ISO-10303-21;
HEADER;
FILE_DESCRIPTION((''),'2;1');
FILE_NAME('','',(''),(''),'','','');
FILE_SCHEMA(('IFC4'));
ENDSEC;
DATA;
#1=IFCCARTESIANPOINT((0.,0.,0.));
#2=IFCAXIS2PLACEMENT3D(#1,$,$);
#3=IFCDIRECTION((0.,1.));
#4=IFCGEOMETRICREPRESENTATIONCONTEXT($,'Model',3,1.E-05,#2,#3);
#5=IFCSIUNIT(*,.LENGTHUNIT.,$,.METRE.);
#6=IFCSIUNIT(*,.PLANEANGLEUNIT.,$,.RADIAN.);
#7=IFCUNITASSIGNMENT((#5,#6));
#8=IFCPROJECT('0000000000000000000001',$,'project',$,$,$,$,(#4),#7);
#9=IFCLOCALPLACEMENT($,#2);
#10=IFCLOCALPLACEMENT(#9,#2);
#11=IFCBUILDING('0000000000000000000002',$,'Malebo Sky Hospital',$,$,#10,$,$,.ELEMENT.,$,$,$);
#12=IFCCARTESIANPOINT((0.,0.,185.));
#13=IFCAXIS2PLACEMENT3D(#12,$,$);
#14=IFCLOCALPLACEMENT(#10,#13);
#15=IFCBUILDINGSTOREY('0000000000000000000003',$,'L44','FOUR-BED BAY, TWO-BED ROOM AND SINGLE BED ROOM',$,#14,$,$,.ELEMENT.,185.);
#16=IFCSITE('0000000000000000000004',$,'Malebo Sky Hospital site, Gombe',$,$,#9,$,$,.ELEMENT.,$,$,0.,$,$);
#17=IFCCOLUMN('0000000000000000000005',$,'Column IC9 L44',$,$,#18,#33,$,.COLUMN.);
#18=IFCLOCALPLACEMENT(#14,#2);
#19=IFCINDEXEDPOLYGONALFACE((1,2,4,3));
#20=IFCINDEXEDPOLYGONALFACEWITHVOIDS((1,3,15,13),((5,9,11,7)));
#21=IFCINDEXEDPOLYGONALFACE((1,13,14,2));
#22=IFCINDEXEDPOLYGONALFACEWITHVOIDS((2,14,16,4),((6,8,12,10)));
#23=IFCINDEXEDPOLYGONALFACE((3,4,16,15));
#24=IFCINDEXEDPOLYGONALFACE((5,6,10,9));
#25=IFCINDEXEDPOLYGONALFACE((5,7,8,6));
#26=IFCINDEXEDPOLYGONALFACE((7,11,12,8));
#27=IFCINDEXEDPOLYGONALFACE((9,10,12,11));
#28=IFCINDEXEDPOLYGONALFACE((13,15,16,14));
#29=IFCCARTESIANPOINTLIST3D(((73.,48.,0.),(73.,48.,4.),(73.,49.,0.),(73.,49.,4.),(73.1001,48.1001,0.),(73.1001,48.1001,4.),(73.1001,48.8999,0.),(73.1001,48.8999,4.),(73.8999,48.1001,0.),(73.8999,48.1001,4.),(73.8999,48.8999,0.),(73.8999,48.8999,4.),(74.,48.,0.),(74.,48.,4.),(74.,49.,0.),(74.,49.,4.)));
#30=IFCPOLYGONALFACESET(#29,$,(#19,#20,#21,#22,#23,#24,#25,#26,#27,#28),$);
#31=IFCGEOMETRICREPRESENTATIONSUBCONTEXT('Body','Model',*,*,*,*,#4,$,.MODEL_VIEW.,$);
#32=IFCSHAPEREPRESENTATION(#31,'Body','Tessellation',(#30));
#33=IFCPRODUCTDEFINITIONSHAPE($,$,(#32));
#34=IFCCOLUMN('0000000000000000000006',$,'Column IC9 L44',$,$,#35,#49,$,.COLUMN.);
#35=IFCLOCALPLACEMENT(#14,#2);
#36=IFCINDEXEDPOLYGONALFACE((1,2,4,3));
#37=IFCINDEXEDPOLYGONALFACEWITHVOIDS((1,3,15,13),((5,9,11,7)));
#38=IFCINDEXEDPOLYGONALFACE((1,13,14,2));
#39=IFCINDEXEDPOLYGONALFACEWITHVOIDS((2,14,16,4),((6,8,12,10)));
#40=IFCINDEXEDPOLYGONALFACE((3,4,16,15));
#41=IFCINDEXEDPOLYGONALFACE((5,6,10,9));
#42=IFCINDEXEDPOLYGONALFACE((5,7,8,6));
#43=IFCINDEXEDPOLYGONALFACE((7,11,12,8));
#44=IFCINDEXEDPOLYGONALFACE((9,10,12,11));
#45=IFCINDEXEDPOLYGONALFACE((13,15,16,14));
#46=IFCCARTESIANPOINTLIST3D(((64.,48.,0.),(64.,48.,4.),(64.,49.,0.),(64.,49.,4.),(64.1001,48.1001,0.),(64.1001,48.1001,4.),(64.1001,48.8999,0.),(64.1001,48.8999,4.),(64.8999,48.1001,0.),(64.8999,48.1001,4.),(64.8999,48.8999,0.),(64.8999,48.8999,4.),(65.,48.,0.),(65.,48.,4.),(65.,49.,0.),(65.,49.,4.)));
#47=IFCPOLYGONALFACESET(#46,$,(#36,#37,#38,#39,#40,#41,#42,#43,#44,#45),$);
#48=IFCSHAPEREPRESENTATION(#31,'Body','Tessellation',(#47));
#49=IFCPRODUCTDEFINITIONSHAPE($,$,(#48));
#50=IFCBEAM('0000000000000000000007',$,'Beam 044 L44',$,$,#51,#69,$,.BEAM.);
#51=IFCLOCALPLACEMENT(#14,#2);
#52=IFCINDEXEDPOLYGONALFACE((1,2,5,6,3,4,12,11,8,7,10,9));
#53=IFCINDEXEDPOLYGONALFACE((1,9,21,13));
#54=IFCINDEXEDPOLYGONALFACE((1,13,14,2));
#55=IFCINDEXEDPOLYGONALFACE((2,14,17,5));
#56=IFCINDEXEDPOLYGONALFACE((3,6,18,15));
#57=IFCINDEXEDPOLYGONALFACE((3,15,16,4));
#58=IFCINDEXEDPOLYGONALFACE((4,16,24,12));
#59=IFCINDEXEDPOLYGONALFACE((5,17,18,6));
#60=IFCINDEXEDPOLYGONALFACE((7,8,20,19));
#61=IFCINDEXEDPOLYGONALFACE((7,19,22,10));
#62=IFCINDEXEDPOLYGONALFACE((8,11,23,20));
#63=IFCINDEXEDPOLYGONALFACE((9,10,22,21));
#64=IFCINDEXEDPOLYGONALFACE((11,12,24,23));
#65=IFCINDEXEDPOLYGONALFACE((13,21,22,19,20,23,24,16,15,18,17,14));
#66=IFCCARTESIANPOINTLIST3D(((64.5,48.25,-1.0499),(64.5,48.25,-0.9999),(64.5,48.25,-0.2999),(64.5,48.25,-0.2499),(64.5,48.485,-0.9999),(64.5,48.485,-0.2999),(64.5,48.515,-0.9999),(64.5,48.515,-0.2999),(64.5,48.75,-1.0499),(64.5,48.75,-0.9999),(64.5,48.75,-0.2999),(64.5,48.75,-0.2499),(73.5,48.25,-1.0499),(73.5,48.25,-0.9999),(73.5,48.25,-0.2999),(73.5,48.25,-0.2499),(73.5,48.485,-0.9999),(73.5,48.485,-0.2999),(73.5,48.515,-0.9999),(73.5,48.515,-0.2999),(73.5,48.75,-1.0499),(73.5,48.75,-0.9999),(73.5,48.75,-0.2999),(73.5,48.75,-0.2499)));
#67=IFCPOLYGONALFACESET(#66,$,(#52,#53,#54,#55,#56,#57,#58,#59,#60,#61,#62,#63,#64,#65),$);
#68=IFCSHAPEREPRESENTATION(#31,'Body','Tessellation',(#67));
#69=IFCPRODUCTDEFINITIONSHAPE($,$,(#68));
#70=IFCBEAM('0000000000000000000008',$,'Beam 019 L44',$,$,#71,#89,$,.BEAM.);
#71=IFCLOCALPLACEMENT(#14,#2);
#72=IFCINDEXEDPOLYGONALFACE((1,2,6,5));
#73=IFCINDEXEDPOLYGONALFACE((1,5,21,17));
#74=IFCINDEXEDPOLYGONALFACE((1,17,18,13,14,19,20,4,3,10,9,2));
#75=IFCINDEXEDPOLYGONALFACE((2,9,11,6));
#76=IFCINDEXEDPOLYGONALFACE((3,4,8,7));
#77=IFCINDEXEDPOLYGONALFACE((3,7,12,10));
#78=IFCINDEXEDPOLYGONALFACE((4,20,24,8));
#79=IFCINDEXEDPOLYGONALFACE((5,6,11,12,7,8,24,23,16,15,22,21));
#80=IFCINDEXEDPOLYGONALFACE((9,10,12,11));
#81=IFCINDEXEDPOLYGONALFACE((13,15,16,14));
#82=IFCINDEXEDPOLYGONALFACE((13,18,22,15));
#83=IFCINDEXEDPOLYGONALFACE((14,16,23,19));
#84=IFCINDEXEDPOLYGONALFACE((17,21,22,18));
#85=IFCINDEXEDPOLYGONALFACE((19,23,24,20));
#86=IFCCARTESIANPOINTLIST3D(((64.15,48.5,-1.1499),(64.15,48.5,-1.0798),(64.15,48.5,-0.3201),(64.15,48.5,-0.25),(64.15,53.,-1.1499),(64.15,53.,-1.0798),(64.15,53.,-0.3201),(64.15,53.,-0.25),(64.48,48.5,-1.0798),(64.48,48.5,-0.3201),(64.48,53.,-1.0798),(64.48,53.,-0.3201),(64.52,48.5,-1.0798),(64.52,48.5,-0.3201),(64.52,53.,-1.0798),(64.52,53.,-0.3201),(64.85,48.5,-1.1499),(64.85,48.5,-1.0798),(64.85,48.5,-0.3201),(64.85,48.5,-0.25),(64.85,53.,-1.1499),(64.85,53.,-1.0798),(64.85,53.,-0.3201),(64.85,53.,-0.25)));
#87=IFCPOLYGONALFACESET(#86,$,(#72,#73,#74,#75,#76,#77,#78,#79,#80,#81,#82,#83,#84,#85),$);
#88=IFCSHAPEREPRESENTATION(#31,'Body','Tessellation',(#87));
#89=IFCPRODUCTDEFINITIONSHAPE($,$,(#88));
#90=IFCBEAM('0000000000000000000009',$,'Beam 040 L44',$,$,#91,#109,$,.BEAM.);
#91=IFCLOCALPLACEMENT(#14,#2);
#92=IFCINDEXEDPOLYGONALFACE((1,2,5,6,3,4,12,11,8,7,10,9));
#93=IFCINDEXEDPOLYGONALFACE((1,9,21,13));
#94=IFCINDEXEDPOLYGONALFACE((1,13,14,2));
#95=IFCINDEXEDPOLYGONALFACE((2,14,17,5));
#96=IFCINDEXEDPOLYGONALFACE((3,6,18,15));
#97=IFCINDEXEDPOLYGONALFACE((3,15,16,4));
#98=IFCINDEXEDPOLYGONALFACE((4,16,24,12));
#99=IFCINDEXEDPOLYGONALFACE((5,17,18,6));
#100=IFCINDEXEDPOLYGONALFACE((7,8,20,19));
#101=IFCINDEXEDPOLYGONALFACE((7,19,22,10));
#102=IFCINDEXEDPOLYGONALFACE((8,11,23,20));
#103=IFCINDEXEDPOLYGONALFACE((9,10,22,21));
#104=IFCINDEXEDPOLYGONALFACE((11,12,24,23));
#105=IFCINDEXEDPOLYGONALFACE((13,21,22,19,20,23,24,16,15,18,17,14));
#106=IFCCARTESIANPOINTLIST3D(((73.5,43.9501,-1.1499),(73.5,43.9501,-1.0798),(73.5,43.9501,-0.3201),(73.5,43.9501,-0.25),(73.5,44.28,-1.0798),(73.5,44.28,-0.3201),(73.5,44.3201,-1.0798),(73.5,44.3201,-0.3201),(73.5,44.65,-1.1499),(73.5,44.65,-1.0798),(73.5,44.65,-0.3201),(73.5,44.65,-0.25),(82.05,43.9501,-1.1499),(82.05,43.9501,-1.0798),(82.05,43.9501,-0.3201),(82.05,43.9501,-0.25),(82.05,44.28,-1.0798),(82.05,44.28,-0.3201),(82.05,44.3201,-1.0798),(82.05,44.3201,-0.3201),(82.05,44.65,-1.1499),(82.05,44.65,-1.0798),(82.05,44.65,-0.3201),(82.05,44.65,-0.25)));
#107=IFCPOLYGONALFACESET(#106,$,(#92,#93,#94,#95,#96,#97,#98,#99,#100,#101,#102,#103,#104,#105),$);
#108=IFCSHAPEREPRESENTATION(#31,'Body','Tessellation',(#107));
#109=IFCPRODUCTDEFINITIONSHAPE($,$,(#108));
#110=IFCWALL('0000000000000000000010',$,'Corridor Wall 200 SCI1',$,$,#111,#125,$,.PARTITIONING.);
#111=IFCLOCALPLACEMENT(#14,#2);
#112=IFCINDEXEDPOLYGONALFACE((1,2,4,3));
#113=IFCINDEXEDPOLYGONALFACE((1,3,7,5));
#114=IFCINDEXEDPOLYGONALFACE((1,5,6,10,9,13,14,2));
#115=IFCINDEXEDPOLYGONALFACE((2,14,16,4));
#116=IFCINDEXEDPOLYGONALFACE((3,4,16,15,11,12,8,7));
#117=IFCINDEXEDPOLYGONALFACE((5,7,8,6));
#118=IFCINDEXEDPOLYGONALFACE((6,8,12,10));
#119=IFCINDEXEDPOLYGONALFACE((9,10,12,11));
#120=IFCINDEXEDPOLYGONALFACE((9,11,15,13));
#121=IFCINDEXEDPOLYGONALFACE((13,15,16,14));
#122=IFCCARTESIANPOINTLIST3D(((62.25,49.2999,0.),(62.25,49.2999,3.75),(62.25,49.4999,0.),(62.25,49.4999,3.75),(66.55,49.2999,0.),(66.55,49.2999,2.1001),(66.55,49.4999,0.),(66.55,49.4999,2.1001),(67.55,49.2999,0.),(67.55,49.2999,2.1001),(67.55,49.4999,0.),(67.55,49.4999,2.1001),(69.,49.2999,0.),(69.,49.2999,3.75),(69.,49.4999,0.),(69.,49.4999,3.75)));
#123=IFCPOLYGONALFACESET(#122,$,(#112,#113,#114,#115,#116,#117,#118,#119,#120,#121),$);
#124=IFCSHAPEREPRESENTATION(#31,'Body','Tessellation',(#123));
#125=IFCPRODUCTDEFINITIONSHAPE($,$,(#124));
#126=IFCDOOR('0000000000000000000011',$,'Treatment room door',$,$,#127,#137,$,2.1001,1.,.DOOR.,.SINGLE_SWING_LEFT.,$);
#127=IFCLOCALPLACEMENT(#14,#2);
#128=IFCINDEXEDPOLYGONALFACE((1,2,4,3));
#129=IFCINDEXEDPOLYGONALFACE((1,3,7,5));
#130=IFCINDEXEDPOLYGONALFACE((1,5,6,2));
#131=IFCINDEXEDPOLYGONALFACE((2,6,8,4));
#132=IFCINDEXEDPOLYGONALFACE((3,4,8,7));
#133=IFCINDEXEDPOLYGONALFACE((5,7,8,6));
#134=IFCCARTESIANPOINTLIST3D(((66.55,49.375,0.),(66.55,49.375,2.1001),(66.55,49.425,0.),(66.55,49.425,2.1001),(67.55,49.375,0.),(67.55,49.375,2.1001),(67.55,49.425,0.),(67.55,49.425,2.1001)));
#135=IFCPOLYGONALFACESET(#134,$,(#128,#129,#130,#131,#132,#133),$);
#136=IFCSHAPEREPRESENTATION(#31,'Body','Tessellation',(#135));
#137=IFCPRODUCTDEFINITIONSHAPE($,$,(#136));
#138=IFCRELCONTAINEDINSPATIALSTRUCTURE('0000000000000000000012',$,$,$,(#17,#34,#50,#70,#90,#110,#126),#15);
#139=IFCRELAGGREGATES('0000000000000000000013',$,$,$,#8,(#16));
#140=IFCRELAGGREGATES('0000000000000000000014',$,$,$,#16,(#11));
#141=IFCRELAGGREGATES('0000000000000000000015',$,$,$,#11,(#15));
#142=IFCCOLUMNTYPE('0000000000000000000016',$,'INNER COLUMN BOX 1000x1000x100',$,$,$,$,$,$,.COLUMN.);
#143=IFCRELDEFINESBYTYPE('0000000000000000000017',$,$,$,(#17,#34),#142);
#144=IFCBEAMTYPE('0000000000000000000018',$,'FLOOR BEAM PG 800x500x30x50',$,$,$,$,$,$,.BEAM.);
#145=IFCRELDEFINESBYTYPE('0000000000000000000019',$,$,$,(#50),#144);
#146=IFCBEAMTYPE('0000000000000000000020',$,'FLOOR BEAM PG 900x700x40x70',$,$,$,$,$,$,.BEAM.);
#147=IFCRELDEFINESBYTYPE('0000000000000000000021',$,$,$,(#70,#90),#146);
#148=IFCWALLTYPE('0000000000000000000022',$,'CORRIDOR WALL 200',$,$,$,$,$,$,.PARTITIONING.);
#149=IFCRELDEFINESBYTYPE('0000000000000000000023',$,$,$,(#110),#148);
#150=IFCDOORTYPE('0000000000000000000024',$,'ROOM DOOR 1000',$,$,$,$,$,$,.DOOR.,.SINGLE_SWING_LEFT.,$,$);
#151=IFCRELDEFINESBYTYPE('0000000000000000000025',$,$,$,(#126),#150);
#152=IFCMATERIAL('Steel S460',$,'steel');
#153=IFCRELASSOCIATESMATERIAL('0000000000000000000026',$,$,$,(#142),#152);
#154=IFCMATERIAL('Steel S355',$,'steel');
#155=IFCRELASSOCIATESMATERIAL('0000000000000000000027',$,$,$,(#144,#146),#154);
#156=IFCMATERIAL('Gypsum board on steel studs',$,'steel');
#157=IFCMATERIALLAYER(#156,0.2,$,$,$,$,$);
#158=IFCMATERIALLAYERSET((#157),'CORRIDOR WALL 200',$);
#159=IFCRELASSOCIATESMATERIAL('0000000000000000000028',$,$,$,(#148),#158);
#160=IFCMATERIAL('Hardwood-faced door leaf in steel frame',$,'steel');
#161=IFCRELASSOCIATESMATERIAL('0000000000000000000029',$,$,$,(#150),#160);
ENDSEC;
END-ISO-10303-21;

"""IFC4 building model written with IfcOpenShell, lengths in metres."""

from ifc_helpers import new_model, si_unit, direction, frame, frame_2d, origin, origin_2d, place, context, subcontext, project, spatial, rectangle, hollow_rectangle, i_section, extrude, material, layer, layer_set, material_profile, profile_set, type_object, element, fill, save


model = new_model("IFC4")

# Units and contexts
model_context = context("Model", 3, precision=1e-05, world=origin(), true_north=direction((0.0, 1.0)))
body_context = subcontext(model_context, "Body", "Model", "MODEL_VIEW")
ifc_project = project(units=[si_unit("LENGTHUNIT", "METRE"), si_unit("PLANEANGLEUNIT", "RADIAN")], contexts=[model_context])

# Site, building, storey
site_placement = place(None, origin())
site = spatial("IfcSite", under=ifc_project, at=site_placement, Name="Malebo Sky Hospital site, Gombe", CompositionType="ELEMENT", RefElevation=0.0)
building_placement = place(site_placement, origin())
building = spatial("IfcBuilding", under=site, at=building_placement, Name="Malebo Sky Hospital", CompositionType="ELEMENT")
storey_placement = place(building_placement, frame((0.0, 0.0, 185.0)))
storey = spatial("IfcBuildingStorey", under=building, at=storey_placement, Name="L44", Description="FOUR-BED BAY, TWO-BED ROOM AND SINGLE BED ROOM", CompositionType="ELEMENT", Elevation=185.0)

# Columns
ifc_material_1 = material(Name="Steel S460", Category="steel")
ifc_material_profile_1 = material_profile(ifc_material_1, hollow_rectangle(XDim=1.0, YDim=1.0, WallThickness=0.1001, at=origin_2d()), Name="BOX 1000x1000x100")
ifc_profile_set_1 = profile_set([ifc_material_profile_1], Name="Steel S460")
column_type = type_object("IfcColumnType", Name="INNER COLUMN BOX 1000x1000x100", PredefinedType="COLUMN", material=ifc_profile_set_1)
for number, where, z_axis, x_axis, name in (
    (1, (73.5, 48.5, 0.0), (0.0, 0.0, 1.0), (1.0, 0.0, 0.0), "Column IC9 L44"),
    (2, (64.5, 48.5, 0.0), (0.0, 0.0, 1.0), (1.0, 0.0, 0.0), "Column IC9 L44"),
):
    element("IfcColumn", number, at=place(storey_placement, frame(where, z_axis=z_axis, x_axis=x_axis)), inside=storey, type_object=column_type, Name=name, PredefinedType="COLUMN", context=body_context, shape_type="SweptSolid", body=[
        extrude(hollow_rectangle(XDim=1.0, YDim=1.0, WallThickness=0.1001, at=origin_2d()), origin(), (0.0, 0.0, 1.0), 4.0),
    ])

# Beams
ifc_material_2 = material(Name="Steel S355", Category="steel")
ifc_material_profile_2 = material_profile(ifc_material_2, i_section(OverallWidth=0.5, OverallDepth=0.8, WebThickness=0.03, FlangeThickness=0.05, at=origin_2d()), Name="PG 800x500x30x50")
ifc_profile_set_2 = profile_set([ifc_material_profile_2], Name="Steel S355")
beam_type_1 = type_object("IfcBeamType", Name="FLOOR BEAM PG 800x500x30x50", PredefinedType="BEAM", material=ifc_profile_set_2)
beam_1_placement = place(storey_placement, frame((64.5, 48.5, -0.6499), z_axis=(1.0, 0.0, 0.0), x_axis=(0.0, 1.0, 0.0)))
element("IfcBeam", 3, at=beam_1_placement, inside=storey, type_object=beam_type_1, Name="Beam 044 L44", PredefinedType="BEAM", context=body_context, shape_type="SweptSolid", body=[
    extrude(i_section(OverallWidth=0.5, OverallDepth=0.8, WebThickness=0.03, FlangeThickness=0.05, at=origin_2d()), origin(), (0.0, 0.0, 1.0), 9.0),
])
ifc_material_profile_3 = material_profile(ifc_material_2, i_section(OverallWidth=0.7, OverallDepth=0.8999, WebThickness=0.04, FlangeThickness=0.0701, at=origin_2d()), Name="PG 900x700x40x70")
ifc_profile_set_3 = profile_set([ifc_material_profile_3], Name="Steel S355")
beam_type_2 = type_object("IfcBeamType", Name="FLOOR BEAM PG 900x700x40x70", PredefinedType="BEAM", material=ifc_profile_set_3)
beam_2_placement = place(storey_placement, frame((64.5, 48.5, -0.7), z_axis=(0.0, 1.0, 0.0), x_axis=(-1.0, 0.0, 0.0)))
element("IfcBeam", 4, at=beam_2_placement, inside=storey, type_object=beam_type_2, Name="Beam 019 L44", PredefinedType="BEAM", context=body_context, shape_type="SweptSolid", body=[
    extrude(i_section(OverallWidth=0.7, OverallDepth=0.8999, WebThickness=0.04, FlangeThickness=0.0701, at=origin_2d()), origin(), (0.0, 0.0, 1.0), 4.5),
])
beam_3_placement = place(storey_placement, frame((73.5, 44.3, -0.7), z_axis=(1.0, 0.0, 0.0), x_axis=(0.0, 1.0, 0.0)))
element("IfcBeam", 5, at=beam_3_placement, inside=storey, type_object=beam_type_2, Name="Beam 040 L44", PredefinedType="BEAM", context=body_context, shape_type="SweptSolid", body=[
    extrude(i_section(OverallWidth=0.7, OverallDepth=0.8999, WebThickness=0.04, FlangeThickness=0.0701, at=origin_2d()), origin(), (0.0, 0.0, 1.0), 8.55),
])

# Wall, opening, door
ifc_material_3 = material(Name="Gypsum board on steel studs", Category="steel")
ifc_layer_1 = layer(ifc_material_3, 0.2)
ifc_layer_set_1 = layer_set([ifc_layer_1], Name="CORRIDOR WALL 200")
wall_type_1 = type_object("IfcWallType", Name="CORRIDOR WALL 200", PredefinedType="PARTITIONING", material=ifc_layer_set_1)
wall_1_placement = place(storey_placement, frame((69.0, 49.3999, 0.0), z_axis=(0.0, 0.0, 1.0), x_axis=(-1.0, 0.0, 0.0)))
wall_1 = element("IfcWall", 6, at=wall_1_placement, inside=storey, type_object=wall_type_1, Name="Corridor Wall 200 SCI1", PredefinedType="PARTITIONING", context=body_context, shape_type="SweptSolid", body=[
    extrude(rectangle(XDim=6.75, YDim=0.2, at=frame_2d((3.375, 0.0))), origin(), (0.0, 0.0, 1.0), 3.75),
])
opening_1_placement = place(wall_1_placement, frame((1.45, 0.0, 0.0)))
opening_1 = element("IfcOpeningElement", 7, at=opening_1_placement, cuts=wall_1, PredefinedType="OPENING", context=body_context, shape_type="SweptSolid", body=[
    extrude(rectangle(XDim=1.0, YDim=2.1001, at=frame_2d((0.5, 1.05))), frame((0.0, 0.1099, 0.0), z_axis=(0.0, -1.0, 0.0), x_axis=(1.0, 0.0, 0.0)), (0.0, 0.0, 1.0), 0.22),
])
ifc_material_4 = material(Name="Hardwood-faced door leaf in steel frame", Category="steel")
door_type_1 = type_object("IfcDoorType", Name="ROOM DOOR 1000", OperationType="SINGLE_SWING_LEFT", PredefinedType="DOOR", material=ifc_material_4)
door_1_placement = place(opening_1_placement, origin())
door_1 = element("IfcDoor", 8, at=door_1_placement, inside=storey, type_object=door_type_1, Name="Treatment room door", OperationType="SINGLE_SWING_LEFT", OverallHeight=2.1001, OverallWidth=1.0, PredefinedType="DOOR", context=body_context, shape_type="SweptSolid", body=[
    extrude(rectangle(XDim=1.0, YDim=2.1001, at=frame_2d((0.5, 1.05))), frame((0.0, 0.0249, 0.0), z_axis=(0.0, -1.0, 0.0), x_axis=(1.0, 0.0, 0.0)), (0.0, 0.0, 1.0), 0.05),
])
fill(opening_1, door_1)

save(model, "model.ifc")
